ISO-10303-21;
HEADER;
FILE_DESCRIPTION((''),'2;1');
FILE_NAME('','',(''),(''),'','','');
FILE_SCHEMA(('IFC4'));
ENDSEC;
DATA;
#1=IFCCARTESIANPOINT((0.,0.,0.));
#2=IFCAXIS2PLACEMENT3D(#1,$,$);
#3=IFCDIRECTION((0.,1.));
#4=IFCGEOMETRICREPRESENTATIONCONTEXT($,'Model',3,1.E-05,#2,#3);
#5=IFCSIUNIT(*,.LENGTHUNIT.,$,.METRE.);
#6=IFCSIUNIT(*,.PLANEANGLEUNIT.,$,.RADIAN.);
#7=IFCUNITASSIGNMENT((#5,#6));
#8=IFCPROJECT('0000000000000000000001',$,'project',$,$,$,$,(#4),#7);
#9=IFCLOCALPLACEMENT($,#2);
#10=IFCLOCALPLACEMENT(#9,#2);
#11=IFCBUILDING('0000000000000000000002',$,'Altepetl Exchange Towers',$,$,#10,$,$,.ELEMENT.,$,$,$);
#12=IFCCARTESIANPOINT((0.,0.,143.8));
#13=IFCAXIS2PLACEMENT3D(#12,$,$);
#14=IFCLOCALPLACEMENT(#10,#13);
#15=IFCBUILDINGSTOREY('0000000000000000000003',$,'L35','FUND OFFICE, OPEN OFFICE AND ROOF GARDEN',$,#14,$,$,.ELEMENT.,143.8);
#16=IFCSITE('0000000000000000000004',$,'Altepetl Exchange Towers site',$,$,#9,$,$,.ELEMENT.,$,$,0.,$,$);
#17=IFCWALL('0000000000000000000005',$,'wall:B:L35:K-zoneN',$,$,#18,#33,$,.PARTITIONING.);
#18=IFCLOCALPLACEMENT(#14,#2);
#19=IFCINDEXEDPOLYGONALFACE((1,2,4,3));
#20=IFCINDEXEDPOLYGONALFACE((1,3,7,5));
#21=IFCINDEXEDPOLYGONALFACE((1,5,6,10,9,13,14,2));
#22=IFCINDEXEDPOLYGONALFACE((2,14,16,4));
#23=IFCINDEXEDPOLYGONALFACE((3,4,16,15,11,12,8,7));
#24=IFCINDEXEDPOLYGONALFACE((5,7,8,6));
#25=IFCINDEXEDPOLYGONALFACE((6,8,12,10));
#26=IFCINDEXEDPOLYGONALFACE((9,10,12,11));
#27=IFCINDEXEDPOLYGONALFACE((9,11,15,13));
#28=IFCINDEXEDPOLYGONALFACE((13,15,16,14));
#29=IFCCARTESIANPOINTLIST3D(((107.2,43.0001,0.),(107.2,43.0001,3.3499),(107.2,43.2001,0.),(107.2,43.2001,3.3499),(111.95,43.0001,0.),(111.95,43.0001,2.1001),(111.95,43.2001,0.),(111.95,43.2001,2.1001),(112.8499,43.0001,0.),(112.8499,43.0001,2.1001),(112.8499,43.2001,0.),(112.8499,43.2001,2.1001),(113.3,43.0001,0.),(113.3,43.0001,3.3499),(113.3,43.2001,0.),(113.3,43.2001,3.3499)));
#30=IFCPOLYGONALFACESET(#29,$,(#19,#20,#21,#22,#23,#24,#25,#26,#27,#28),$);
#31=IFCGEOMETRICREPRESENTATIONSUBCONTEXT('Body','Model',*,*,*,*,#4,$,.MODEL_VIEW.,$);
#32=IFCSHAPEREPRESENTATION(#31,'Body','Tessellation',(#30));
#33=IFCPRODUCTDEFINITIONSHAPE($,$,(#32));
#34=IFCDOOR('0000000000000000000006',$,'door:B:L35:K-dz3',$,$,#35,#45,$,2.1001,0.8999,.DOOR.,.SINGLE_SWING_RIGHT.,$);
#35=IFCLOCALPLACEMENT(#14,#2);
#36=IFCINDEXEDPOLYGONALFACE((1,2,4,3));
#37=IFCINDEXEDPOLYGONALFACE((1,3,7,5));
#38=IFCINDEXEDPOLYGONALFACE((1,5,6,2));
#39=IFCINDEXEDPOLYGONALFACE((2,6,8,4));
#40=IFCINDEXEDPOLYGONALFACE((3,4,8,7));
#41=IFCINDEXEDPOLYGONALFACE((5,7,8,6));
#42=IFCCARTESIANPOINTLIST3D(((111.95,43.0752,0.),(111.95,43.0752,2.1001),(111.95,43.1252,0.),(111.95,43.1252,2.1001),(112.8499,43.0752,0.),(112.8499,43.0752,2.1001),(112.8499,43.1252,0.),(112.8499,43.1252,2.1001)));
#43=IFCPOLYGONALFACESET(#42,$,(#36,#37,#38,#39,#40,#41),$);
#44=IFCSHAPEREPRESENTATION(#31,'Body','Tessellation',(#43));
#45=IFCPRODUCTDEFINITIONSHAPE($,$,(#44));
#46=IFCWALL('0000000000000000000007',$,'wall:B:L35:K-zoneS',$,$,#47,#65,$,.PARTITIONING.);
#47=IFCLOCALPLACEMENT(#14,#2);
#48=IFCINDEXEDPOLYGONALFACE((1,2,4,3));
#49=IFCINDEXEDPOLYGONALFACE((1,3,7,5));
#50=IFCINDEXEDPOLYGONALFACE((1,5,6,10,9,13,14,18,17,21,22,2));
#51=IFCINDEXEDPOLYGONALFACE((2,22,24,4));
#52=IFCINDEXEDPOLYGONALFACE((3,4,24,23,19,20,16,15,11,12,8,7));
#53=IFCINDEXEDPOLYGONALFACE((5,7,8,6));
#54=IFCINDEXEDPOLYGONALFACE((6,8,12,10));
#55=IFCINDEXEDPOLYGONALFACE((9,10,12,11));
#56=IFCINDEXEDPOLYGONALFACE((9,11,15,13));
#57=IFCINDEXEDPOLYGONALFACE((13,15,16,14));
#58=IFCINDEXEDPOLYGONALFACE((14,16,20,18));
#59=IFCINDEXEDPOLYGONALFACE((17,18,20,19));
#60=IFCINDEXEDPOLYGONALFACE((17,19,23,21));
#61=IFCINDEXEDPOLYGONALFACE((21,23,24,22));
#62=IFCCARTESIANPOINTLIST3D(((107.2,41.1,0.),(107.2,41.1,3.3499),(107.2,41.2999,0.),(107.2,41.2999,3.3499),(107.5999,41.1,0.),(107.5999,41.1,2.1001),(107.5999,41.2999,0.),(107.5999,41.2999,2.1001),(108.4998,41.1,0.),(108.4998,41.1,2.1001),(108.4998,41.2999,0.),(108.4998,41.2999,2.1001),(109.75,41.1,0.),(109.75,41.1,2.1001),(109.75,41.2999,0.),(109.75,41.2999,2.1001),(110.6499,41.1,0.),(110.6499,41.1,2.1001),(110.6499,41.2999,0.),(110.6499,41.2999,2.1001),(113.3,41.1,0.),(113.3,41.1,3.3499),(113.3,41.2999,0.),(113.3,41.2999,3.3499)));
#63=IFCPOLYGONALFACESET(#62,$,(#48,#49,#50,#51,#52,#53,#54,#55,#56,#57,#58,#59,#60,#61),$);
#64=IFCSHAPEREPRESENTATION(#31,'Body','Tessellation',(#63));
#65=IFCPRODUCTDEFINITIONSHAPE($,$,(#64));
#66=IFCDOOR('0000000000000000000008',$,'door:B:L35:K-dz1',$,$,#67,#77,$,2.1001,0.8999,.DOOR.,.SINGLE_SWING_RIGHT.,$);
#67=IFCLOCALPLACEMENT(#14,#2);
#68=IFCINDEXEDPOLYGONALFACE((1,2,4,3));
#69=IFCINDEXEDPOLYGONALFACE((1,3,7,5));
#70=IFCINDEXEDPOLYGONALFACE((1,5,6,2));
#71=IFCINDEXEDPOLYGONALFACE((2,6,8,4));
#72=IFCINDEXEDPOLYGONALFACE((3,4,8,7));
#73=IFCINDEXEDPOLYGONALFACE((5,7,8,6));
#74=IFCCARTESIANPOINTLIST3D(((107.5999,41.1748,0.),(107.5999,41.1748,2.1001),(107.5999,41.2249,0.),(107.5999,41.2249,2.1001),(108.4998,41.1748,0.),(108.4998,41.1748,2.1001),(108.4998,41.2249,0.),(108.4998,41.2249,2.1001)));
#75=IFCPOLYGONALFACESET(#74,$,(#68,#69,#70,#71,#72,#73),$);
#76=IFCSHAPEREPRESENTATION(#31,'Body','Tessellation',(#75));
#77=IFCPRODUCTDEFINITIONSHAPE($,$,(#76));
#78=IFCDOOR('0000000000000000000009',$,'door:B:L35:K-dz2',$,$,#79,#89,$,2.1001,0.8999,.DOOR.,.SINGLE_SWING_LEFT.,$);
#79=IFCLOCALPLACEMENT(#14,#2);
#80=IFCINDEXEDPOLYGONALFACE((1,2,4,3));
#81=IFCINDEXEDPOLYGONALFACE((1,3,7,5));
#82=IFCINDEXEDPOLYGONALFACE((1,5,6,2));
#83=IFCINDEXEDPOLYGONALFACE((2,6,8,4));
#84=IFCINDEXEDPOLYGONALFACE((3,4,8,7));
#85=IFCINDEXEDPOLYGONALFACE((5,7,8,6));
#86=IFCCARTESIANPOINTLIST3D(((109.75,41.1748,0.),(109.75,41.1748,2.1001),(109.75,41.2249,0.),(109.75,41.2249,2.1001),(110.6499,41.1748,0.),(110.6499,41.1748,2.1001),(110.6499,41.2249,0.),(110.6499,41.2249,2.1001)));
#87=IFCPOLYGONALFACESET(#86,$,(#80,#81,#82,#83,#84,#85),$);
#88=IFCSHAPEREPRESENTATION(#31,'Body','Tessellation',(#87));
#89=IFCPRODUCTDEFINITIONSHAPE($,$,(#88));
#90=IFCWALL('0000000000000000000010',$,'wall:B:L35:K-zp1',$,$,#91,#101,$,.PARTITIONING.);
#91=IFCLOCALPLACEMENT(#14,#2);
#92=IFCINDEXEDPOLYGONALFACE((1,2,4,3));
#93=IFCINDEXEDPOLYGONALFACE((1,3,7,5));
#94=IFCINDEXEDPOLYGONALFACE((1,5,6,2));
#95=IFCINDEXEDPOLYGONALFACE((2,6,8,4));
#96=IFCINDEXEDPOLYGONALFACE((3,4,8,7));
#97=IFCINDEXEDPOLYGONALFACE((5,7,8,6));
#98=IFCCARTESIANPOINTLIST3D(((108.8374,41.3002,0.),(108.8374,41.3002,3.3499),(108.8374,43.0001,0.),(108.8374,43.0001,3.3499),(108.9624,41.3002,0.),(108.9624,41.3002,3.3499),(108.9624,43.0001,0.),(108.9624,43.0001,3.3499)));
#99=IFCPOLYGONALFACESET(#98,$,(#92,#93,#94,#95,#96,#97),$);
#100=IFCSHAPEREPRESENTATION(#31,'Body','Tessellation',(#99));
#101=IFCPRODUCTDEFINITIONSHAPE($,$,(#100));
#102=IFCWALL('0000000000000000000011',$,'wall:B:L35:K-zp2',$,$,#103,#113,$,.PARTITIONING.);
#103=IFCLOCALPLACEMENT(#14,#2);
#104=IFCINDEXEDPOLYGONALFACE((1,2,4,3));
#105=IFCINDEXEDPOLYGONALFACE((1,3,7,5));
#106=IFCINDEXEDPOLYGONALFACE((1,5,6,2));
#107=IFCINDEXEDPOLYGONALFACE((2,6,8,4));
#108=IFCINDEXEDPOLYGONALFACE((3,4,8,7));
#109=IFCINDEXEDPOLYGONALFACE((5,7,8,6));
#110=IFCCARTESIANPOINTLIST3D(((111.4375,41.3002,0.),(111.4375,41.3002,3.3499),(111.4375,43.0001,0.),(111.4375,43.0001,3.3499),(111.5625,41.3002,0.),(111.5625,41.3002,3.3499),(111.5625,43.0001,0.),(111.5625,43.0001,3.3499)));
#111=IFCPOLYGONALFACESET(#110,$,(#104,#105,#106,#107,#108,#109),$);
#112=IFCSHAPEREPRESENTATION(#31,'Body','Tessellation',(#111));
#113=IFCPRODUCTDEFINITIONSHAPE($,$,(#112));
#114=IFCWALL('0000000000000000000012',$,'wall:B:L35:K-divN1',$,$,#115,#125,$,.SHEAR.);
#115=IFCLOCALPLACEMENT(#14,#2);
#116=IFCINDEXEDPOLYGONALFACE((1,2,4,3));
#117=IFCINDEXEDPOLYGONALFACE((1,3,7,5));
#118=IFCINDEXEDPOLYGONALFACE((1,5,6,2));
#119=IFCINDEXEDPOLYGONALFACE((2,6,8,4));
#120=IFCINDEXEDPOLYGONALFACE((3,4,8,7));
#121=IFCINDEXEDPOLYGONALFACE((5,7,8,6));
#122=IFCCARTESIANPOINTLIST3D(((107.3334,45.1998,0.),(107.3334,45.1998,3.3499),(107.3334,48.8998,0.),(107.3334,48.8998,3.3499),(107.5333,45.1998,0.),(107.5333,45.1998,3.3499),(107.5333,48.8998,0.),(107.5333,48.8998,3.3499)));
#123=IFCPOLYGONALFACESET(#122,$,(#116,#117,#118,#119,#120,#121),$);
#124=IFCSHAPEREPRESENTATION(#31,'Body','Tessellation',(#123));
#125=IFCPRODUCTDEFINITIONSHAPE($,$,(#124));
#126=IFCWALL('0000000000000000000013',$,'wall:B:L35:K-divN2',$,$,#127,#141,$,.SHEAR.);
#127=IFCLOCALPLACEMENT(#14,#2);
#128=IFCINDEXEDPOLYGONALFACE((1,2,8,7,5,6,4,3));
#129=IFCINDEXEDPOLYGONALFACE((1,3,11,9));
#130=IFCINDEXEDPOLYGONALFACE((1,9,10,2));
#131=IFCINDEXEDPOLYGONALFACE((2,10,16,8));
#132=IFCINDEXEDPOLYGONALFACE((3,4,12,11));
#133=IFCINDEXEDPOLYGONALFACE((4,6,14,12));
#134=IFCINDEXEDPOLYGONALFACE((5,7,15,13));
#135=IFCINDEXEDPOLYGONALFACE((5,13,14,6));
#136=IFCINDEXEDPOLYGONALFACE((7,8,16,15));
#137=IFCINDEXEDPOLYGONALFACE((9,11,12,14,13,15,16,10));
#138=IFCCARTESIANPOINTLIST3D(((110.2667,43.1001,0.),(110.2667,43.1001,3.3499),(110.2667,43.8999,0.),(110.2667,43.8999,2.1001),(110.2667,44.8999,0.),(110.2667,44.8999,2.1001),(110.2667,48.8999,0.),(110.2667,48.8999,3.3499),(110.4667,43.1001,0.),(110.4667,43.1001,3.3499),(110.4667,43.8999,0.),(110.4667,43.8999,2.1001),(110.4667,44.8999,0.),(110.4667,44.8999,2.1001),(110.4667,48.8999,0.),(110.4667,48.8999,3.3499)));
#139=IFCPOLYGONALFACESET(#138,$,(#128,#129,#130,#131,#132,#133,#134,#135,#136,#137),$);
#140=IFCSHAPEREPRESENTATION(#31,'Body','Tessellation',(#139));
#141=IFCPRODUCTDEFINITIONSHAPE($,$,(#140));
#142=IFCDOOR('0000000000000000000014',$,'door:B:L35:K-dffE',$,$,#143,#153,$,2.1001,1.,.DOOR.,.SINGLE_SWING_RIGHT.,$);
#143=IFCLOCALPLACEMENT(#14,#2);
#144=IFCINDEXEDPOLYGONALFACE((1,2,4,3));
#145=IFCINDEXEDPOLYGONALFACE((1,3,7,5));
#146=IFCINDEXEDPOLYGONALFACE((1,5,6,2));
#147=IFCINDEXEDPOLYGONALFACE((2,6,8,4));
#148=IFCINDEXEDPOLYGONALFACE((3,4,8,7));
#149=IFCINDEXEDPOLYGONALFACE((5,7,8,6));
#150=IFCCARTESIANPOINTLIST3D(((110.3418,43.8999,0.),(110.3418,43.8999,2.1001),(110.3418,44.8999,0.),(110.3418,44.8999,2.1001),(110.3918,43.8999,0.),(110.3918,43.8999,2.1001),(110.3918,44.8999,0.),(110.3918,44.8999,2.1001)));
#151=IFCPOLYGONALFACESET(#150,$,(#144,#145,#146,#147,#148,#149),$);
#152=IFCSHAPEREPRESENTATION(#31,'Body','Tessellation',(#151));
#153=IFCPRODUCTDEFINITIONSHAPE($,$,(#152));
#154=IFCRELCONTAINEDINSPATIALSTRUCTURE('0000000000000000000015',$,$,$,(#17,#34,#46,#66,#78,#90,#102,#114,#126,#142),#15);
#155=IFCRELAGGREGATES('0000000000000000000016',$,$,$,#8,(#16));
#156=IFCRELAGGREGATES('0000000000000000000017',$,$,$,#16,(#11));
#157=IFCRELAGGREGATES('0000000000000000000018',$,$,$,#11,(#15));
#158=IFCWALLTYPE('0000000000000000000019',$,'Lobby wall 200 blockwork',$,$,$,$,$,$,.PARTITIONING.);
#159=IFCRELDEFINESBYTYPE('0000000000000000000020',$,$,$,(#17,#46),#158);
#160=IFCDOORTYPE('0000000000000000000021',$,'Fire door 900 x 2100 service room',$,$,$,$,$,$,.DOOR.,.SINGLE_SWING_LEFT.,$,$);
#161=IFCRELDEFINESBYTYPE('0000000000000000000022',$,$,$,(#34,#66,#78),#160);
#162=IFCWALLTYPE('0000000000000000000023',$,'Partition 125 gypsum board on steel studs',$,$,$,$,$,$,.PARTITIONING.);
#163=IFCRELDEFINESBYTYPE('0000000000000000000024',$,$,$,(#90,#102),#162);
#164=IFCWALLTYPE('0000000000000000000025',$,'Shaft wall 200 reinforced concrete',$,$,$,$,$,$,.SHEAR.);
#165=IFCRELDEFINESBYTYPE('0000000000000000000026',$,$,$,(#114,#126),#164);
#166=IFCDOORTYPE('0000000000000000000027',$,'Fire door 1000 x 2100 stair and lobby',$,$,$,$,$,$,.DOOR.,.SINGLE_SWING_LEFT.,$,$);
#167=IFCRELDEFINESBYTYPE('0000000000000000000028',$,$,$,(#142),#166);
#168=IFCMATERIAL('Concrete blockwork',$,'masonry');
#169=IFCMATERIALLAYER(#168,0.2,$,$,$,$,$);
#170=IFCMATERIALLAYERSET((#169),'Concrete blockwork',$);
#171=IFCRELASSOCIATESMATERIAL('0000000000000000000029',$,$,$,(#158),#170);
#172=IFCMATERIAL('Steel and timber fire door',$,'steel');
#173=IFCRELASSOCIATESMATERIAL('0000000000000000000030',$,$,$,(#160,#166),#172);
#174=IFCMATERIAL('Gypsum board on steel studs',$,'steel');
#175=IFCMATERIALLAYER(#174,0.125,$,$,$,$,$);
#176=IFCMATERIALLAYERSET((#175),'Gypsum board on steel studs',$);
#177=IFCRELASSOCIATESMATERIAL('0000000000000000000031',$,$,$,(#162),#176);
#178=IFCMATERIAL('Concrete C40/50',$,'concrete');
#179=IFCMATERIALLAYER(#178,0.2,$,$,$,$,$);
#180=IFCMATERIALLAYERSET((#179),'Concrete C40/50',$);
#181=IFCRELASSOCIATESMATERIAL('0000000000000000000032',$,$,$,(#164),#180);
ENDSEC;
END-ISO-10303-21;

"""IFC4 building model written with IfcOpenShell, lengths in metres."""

from ifc_helpers import new_model, si_unit, direction, frame, frame_2d, origin, place, context, subcontext, project, spatial, rectangle, extrude, material, layer, layer_set, type_object, element, fill, save


model = new_model("IFC4")

# Units and contexts
model_context = context("Model", 3, precision=1e-05, world=origin(), true_north=direction((0.0, 1.0)))
body_context = subcontext(model_context, "Body", "Model", "MODEL_VIEW")
ifc_project = project(units=[si_unit("LENGTHUNIT", "METRE"), si_unit("PLANEANGLEUNIT", "RADIAN")], contexts=[model_context])

# Site, building, storey
site_placement = place(None, origin())
site = spatial("IfcSite", under=ifc_project, at=site_placement, Name="Altepetl Exchange Towers site", CompositionType="ELEMENT", RefElevation=0.0)
building_placement = place(site_placement, origin())
building = spatial("IfcBuilding", under=site, at=building_placement, Name="Altepetl Exchange Towers", CompositionType="ELEMENT")
storey_placement = place(building_placement, frame((0.0, 0.0, 143.8)))
storey = spatial("IfcBuildingStorey", under=building, at=storey_placement, Name="L35", Description="FUND OFFICE, OPEN OFFICE AND ROOF GARDEN", CompositionType="ELEMENT", Elevation=143.8)

# Wall, opening, door
ifc_material_1 = material(Name="Concrete blockwork", Category="masonry")
ifc_layer_1 = layer(ifc_material_1, 0.2)
ifc_layer_set_1 = layer_set([ifc_layer_1], Name="Concrete blockwork")
wall_type_1 = type_object("IfcWallType", Name="Lobby wall 200 blockwork", PredefinedType="PARTITIONING", material=ifc_layer_set_1)
wall_1_placement = place(storey_placement, frame((107.2, 43.1001, 0.0)))
wall_1 = element("IfcWall", 1, at=wall_1_placement, inside=storey, type_object=wall_type_1, Name="wall:B:L35:K-zoneN", PredefinedType="PARTITIONING", context=body_context, shape_type="SweptSolid", body=[
    extrude(rectangle(XDim=6.1001, YDim=0.2, at=frame_2d((3.05, 0.0))), origin(), (0.0, 0.0, 1.0), 3.3499),
])
opening_1_placement = place(wall_1_placement, frame((4.75, 0.0, 0.0)))
opening_1 = element("IfcOpeningElement", 2, at=opening_1_placement, cuts=wall_1, PredefinedType="OPENING", context=body_context, shape_type="SweptSolid", body=[
    extrude(rectangle(XDim=0.8999, YDim=2.1001, at=frame_2d((0.45, 1.05))), frame((0.0, 0.1099, 0.0), z_axis=(0.0, -1.0, 0.0), x_axis=(1.0, 0.0, 0.0)), (0.0, 0.0, 1.0), 0.22),
])
ifc_material_2 = material(Name="Steel and timber fire door", Category="steel")
door_type_1 = type_object("IfcDoorType", Name="Fire door 900 x 2100 service room", OperationType="SINGLE_SWING_LEFT", PredefinedType="DOOR", material=ifc_material_2)
door_1_placement = place(opening_1_placement, frame((0.8999, 0.0, 0.0), x_axis=(-1.0, 0.0, 0.0)))
door_1 = element("IfcDoor", 3, at=door_1_placement, inside=storey, type_object=door_type_1, Name="door:B:L35:K-dz3", OperationType="SINGLE_SWING_RIGHT", OverallHeight=2.1001, OverallWidth=0.8999, PredefinedType="DOOR", context=body_context, shape_type="SweptSolid", body=[
    extrude(rectangle(XDim=0.8999, YDim=2.1001, at=frame_2d((0.45, 1.05))), frame((0.0, 0.0249, 0.0), z_axis=(0.0, -1.0, 0.0), x_axis=(1.0, 0.0, 0.0)), (0.0, 0.0, 1.0), 0.05),
])
fill(opening_1, door_1)

# Wall, openings, doors
wall_2_placement = place(storey_placement, frame((107.2, 41.2, 0.0)))
wall_2 = element("IfcWall", 4, at=wall_2_placement, inside=storey, type_object=wall_type_1, Name="wall:B:L35:K-zoneS", PredefinedType="PARTITIONING", context=body_context, shape_type="SweptSolid", body=[
    extrude(rectangle(XDim=6.1001, YDim=0.2, at=frame_2d((3.05, 0.0))), origin(), (0.0, 0.0, 1.0), 3.3499),
])
opening_2_placement = place(wall_2_placement, frame((0.3999, 0.0, 0.0)))
opening_2 = element("IfcOpeningElement", 5, at=opening_2_placement, cuts=wall_2, PredefinedType="OPENING", context=body_context, shape_type="SweptSolid", body=[
    extrude(rectangle(XDim=0.8999, YDim=2.1001, at=frame_2d((0.45, 1.05))), frame((0.0, 0.1099, 0.0), z_axis=(0.0, -1.0, 0.0), x_axis=(1.0, 0.0, 0.0)), (0.0, 0.0, 1.0), 0.22),
])
opening_3_placement = place(wall_2_placement, frame((2.55, 0.0, 0.0)))
opening_3 = element("IfcOpeningElement", 6, at=opening_3_placement, cuts=wall_2, PredefinedType="OPENING", context=body_context, shape_type="SweptSolid", body=[
    extrude(rectangle(XDim=0.8999, YDim=2.1001, at=frame_2d((0.45, 1.05))), frame((0.0, 0.1099, 0.0), z_axis=(0.0, -1.0, 0.0), x_axis=(1.0, 0.0, 0.0)), (0.0, 0.0, 1.0), 0.22),
])
door_2_placement = place(opening_2_placement, origin())
door_2 = element("IfcDoor", 7, at=door_2_placement, inside=storey, type_object=door_type_1, Name="door:B:L35:K-dz1", OperationType="SINGLE_SWING_RIGHT", OverallHeight=2.1001, OverallWidth=0.8999, PredefinedType="DOOR", context=body_context, shape_type="SweptSolid", body=[
    extrude(rectangle(XDim=0.8999, YDim=2.1001, at=frame_2d((0.45, 1.05))), frame((0.0, 0.0249, 0.0), z_axis=(0.0, -1.0, 0.0), x_axis=(1.0, 0.0, 0.0)), (0.0, 0.0, 1.0), 0.05),
])
fill(opening_2, door_2)
door_3_placement = place(opening_3_placement, origin())
door_3 = element("IfcDoor", 8, at=door_3_placement, inside=storey, type_object=door_type_1, Name="door:B:L35:K-dz2", OperationType="SINGLE_SWING_LEFT", OverallHeight=2.1001, OverallWidth=0.8999, PredefinedType="DOOR", context=body_context, shape_type="SweptSolid", body=[
    extrude(rectangle(XDim=0.8999, YDim=2.1001, at=frame_2d((0.45, 1.05))), frame((0.0, 0.0249, 0.0), z_axis=(0.0, -1.0, 0.0), x_axis=(1.0, 0.0, 0.0)), (0.0, 0.0, 1.0), 0.05),
])
fill(opening_3, door_3)

# Walls
ifc_material_3 = material(Name="Gypsum board on steel studs", Category="steel")
ifc_layer_2 = layer(ifc_material_3, 0.125)
ifc_layer_set_2 = layer_set([ifc_layer_2], Name="Gypsum board on steel studs")
wall_type_2 = type_object("IfcWallType", Name="Partition 125 gypsum board on steel studs", PredefinedType="PARTITIONING", material=ifc_layer_set_2)
for number, where, z_axis, x_axis, name in (
    (9, (108.8999, 41.3, 0.0), (0.0, 0.0, 1.0), (0.0, 1.0, 0.0), "wall:B:L35:K-zp1"),
    (10, (111.5, 41.3, 0.0), (0.0, 0.0, 1.0), (0.0, 1.0, 0.0), "wall:B:L35:K-zp2"),
):
    element("IfcWall", number, at=place(storey_placement, frame(where, z_axis=z_axis, x_axis=x_axis)), inside=storey, type_object=wall_type_2, Name=name, PredefinedType="PARTITIONING", context=body_context, shape_type="SweptSolid", body=[
        extrude(rectangle(XDim=1.7, YDim=0.125, at=frame_2d((0.8501, 0.0))), origin(), (0.0, 0.0, 1.0), 3.3499),
    ])
ifc_material_4 = material(Name="Concrete C40/50", Category="concrete")
ifc_layer_3 = layer(ifc_material_4, 0.2)
ifc_layer_set_3 = layer_set([ifc_layer_3], Name="Concrete C40/50")
wall_type_3 = type_object("IfcWallType", Name="Shaft wall 200 reinforced concrete", PredefinedType="SHEAR", material=ifc_layer_set_3)
wall_3_placement = place(storey_placement, frame((107.4333, 48.8999, 0.0), z_axis=(0.0, 0.0, 1.0), x_axis=(0.0, -1.0, 0.0)))
element("IfcWall", 11, at=wall_3_placement, inside=storey, type_object=wall_type_3, Name="wall:B:L35:K-divN1", PredefinedType="SHEAR", context=body_context, shape_type="SweptSolid", body=[
    extrude(rectangle(XDim=3.7, YDim=0.2, at=frame_2d((1.8501, 0.0))), origin(), (0.0, 0.0, 1.0), 3.3499),
])

# Wall, opening, door
wall_4_placement = place(storey_placement, frame((110.3667, 48.8999, 0.0), z_axis=(0.0, 0.0, 1.0), x_axis=(0.0, -1.0, 0.0)))
wall_4 = element("IfcWall", 12, at=wall_4_placement, inside=storey, type_object=wall_type_3, Name="wall:B:L35:K-divN2", PredefinedType="SHEAR", context=body_context, shape_type="SweptSolid", body=[
    extrude(rectangle(XDim=5.7998, YDim=0.2, at=frame_2d((2.8999, 0.0))), origin(), (0.0, 0.0, 1.0), 3.3499),
])
opening_4_placement = place(wall_4_placement, frame((4.0, 0.0, 0.0)))
opening_4 = element("IfcOpeningElement", 13, at=opening_4_placement, cuts=wall_4, PredefinedType="OPENING", context=body_context, shape_type="SweptSolid", body=[
    extrude(rectangle(XDim=1.0, YDim=2.1001, at=frame_2d((0.5, 1.05))), frame((0.0, 0.1099, 0.0), z_axis=(0.0, -1.0, 0.0), x_axis=(1.0, 0.0, 0.0)), (0.0, 0.0, 1.0), 0.22),
])
door_type_2 = type_object("IfcDoorType", Name="Fire door 1000 x 2100 stair and lobby", OperationType="SINGLE_SWING_LEFT", PredefinedType="DOOR", material=ifc_material_2)
door_4_placement = place(opening_4_placement, frame((1.0, 0.0, 0.0), x_axis=(-1.0, 0.0, 0.0)))
door_4 = element("IfcDoor", 14, at=door_4_placement, inside=storey, type_object=door_type_2, Name="door:B:L35:K-dffE", OperationType="SINGLE_SWING_RIGHT", OverallHeight=2.1001, OverallWidth=1.0, PredefinedType="DOOR", context=body_context, shape_type="SweptSolid", body=[
    extrude(rectangle(XDim=1.0, YDim=2.1001, at=frame_2d((0.5, 1.05))), frame((0.0, 0.0249, 0.0), z_axis=(0.0, -1.0, 0.0), x_axis=(1.0, 0.0, 0.0)), (0.0, 0.0, 1.0), 0.05),
])
fill(opening_4, door_4)

save(model, "model.ifc")
